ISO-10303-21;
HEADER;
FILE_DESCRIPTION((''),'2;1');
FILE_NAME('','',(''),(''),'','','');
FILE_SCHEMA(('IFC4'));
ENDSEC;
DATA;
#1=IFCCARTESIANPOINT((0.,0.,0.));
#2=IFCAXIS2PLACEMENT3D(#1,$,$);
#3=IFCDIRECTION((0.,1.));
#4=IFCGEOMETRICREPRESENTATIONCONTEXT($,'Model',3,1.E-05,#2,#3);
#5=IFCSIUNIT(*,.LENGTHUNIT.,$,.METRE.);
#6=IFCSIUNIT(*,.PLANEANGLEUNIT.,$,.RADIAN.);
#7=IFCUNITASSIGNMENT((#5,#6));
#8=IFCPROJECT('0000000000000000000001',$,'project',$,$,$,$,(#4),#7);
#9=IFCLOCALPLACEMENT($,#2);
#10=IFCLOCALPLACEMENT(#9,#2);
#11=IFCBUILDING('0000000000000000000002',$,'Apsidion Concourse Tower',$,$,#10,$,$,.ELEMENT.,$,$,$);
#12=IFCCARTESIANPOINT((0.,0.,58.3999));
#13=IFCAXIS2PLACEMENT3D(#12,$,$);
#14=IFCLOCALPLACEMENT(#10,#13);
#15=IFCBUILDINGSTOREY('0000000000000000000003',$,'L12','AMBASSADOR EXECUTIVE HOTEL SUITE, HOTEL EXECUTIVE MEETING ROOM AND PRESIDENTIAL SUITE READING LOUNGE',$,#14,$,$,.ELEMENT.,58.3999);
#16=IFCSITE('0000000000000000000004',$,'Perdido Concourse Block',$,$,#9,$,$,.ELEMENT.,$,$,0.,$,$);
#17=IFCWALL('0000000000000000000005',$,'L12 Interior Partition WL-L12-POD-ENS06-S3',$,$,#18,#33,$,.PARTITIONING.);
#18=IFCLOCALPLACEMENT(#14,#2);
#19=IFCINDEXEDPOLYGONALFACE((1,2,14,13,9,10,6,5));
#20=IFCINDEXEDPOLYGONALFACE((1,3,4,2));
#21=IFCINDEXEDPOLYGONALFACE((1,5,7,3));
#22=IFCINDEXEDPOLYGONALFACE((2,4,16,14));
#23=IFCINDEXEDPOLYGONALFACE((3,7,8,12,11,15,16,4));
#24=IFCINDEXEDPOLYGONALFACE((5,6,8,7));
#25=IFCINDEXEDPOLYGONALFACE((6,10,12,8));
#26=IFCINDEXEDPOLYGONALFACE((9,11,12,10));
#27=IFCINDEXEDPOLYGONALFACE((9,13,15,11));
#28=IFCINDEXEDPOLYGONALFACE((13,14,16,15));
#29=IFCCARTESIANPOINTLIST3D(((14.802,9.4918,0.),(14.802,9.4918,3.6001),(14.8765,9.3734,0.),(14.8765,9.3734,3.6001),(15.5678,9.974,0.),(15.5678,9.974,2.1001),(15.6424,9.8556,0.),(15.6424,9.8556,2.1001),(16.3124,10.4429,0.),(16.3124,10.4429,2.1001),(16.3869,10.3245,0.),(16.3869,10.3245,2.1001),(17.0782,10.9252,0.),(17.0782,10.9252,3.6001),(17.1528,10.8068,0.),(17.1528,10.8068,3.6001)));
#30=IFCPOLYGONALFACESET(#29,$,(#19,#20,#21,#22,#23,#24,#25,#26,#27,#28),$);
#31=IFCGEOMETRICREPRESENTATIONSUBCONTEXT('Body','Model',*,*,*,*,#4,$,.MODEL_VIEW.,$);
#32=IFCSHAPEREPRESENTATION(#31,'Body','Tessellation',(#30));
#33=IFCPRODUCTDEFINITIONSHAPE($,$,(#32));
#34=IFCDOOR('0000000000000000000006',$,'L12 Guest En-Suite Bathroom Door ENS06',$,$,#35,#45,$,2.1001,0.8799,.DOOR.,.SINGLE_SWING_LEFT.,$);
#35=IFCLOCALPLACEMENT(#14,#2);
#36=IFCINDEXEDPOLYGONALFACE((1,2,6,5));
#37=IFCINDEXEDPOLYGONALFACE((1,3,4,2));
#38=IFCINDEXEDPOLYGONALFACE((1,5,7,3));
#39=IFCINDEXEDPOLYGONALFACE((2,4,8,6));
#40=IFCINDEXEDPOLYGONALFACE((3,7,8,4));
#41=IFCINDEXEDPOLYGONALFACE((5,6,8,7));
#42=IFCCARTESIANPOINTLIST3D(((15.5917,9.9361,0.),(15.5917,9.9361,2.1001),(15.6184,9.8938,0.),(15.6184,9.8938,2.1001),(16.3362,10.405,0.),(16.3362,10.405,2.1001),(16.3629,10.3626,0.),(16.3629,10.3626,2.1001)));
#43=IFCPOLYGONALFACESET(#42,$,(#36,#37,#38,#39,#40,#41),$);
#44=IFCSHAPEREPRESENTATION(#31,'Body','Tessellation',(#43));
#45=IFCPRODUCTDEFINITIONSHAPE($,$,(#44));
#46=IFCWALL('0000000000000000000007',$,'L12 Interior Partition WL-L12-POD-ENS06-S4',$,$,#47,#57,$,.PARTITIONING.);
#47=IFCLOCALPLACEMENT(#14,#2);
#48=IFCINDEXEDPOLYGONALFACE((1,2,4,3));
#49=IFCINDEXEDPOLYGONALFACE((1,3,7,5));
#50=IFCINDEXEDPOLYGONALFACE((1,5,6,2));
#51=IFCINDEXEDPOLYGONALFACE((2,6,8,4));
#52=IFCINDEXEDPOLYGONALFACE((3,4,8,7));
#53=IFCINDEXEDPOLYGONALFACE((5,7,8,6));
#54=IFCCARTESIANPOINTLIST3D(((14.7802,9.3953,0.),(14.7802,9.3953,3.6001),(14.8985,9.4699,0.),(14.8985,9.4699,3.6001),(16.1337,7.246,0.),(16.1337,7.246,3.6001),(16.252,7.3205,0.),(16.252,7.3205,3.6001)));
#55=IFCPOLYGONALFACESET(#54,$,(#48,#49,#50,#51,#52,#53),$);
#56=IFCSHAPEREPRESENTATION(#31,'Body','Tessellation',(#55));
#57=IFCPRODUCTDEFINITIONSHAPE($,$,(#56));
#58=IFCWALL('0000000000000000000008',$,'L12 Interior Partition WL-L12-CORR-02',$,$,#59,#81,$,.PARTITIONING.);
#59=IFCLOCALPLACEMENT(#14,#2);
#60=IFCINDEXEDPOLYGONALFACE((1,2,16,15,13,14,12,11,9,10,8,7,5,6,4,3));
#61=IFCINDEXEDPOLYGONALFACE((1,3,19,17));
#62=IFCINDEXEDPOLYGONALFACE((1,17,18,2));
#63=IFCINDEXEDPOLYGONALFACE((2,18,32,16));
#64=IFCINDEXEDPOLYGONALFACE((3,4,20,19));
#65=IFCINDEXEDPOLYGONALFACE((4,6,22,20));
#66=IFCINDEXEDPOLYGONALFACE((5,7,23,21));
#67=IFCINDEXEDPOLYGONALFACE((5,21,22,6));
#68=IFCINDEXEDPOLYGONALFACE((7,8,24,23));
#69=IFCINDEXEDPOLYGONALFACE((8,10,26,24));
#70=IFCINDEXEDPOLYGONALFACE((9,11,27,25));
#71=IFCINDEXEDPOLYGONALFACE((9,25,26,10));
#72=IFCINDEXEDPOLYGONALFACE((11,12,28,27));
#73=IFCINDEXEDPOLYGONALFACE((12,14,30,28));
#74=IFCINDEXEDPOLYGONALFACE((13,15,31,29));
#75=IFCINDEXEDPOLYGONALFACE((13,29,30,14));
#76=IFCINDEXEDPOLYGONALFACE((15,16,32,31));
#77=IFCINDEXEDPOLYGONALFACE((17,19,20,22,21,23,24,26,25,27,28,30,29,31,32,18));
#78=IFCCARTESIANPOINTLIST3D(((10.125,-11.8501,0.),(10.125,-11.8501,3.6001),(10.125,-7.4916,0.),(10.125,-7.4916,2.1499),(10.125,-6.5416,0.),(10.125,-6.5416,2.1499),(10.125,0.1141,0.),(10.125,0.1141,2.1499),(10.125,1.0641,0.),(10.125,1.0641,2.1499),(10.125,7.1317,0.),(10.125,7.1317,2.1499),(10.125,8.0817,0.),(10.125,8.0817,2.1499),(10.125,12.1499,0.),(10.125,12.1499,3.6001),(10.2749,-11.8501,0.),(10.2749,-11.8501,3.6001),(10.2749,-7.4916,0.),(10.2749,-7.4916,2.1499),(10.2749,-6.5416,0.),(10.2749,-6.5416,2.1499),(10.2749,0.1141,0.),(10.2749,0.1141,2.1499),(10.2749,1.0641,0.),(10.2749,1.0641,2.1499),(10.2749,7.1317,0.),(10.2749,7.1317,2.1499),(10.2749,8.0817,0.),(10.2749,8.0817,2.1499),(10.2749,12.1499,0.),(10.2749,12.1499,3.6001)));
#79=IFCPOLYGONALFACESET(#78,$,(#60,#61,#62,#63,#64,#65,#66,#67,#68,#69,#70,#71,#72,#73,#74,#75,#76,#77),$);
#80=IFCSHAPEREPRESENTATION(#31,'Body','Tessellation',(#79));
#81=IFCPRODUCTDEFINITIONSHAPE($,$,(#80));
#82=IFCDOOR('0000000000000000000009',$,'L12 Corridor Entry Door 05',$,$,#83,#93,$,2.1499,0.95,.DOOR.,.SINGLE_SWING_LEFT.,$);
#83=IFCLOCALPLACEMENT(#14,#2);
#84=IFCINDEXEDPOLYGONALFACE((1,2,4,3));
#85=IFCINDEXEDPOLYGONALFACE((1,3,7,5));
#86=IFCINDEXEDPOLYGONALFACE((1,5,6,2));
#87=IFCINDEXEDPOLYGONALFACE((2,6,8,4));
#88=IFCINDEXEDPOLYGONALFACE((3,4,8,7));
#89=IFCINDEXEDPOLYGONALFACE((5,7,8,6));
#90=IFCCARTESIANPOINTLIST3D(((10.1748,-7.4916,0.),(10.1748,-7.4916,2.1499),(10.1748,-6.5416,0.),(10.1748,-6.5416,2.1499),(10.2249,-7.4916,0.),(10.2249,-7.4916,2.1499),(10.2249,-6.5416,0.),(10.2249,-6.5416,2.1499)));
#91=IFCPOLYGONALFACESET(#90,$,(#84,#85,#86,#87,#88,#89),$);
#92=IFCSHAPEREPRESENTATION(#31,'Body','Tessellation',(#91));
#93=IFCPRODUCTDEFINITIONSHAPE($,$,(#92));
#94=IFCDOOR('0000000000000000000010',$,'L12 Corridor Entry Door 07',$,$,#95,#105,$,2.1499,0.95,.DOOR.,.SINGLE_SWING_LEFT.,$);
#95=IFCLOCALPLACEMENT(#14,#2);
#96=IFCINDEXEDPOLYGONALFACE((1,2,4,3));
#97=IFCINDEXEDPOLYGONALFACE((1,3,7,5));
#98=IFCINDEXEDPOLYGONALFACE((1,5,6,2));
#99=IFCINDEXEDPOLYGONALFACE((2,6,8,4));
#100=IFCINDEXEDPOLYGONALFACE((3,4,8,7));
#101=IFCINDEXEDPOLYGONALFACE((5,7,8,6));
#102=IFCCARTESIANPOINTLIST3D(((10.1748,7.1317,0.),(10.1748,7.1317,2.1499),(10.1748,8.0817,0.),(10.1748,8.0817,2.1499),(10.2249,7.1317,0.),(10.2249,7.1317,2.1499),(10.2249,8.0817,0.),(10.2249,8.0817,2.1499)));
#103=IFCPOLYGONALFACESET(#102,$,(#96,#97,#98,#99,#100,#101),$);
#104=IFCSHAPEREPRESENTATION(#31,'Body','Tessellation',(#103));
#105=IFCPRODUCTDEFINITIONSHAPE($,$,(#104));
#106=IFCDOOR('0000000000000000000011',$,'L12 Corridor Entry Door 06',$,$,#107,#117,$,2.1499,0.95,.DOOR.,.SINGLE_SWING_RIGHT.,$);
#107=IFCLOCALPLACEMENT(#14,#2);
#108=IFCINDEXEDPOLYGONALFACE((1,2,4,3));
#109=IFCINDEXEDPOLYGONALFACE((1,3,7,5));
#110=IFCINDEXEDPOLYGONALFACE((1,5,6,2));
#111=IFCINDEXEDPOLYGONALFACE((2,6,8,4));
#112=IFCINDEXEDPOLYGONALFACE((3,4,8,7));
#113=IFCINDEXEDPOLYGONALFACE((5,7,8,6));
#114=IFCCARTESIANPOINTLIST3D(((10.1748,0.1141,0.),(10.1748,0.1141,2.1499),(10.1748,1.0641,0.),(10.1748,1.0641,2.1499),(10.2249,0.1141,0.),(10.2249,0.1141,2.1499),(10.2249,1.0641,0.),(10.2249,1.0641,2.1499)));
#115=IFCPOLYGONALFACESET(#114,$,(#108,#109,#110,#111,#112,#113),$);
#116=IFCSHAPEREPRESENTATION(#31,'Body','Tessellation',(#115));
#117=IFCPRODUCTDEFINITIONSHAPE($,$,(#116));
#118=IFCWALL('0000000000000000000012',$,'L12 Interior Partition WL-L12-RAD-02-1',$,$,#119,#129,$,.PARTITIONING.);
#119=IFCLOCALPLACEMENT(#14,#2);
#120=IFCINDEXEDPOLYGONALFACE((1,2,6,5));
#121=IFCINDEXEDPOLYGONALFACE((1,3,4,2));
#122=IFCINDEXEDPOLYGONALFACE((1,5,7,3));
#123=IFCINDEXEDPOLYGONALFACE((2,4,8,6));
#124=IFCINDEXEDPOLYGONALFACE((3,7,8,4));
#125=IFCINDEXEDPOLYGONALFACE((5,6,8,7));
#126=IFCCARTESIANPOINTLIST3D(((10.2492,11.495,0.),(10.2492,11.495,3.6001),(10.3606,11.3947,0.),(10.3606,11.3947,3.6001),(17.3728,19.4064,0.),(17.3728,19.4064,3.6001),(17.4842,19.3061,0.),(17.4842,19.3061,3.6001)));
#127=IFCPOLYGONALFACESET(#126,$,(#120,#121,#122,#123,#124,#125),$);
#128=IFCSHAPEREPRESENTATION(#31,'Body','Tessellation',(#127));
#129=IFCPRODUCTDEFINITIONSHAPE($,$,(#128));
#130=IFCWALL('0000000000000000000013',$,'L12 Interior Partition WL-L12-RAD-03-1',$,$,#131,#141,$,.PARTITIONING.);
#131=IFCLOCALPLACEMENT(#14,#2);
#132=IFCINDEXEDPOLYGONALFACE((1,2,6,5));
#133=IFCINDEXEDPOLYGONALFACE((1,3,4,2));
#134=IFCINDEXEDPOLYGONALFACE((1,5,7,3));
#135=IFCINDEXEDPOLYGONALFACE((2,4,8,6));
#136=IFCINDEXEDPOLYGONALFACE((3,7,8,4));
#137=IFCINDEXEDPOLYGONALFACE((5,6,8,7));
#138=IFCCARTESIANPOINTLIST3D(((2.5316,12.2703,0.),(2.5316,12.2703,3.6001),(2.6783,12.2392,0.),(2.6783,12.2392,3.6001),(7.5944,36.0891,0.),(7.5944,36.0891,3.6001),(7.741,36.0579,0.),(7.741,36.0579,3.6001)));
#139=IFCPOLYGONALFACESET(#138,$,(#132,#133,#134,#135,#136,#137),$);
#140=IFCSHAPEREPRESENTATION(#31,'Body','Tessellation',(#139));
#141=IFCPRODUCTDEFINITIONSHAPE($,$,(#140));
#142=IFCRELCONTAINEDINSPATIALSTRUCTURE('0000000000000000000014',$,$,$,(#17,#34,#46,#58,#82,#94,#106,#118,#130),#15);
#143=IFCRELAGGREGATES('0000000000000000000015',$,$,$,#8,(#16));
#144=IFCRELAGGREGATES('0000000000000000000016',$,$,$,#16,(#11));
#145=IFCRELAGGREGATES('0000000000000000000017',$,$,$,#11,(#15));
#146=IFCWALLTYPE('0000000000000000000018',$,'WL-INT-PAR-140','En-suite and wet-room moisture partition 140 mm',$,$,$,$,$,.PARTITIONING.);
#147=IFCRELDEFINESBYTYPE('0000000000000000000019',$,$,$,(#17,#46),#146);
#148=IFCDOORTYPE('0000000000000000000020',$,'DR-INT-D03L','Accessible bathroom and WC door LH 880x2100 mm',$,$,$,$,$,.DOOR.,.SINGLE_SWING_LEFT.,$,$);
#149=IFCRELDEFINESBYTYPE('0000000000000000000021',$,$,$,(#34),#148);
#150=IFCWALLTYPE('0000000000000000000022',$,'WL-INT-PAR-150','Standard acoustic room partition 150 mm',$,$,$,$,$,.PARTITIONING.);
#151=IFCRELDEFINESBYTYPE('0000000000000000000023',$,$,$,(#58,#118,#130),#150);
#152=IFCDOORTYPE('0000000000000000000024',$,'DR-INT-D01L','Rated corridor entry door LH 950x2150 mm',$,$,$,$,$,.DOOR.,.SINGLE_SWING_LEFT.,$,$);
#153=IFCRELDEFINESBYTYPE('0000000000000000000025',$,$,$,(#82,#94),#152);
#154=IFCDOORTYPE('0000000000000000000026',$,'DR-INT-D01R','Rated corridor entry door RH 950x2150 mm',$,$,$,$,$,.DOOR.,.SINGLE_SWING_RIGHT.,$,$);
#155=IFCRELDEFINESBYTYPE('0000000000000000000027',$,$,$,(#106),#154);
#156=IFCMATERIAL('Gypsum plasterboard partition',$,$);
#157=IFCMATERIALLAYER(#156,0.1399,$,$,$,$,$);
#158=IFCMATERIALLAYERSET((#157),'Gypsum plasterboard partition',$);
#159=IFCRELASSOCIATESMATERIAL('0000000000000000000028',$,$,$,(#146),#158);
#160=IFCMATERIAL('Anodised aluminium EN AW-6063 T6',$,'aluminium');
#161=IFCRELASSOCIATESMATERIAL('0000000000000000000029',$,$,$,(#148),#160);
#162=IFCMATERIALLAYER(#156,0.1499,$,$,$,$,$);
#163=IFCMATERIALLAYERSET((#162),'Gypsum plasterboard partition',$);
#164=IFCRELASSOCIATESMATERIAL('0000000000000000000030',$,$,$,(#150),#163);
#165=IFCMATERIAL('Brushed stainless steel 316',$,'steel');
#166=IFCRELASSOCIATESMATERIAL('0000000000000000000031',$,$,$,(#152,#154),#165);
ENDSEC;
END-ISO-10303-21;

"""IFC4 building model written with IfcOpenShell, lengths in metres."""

from ifc_helpers import new_model, si_unit, direction, frame, frame_2d, origin, place, context, subcontext, project, spatial, rectangle, extrude, material, layer, layer_set, type_object, element, fill, save


model = new_model("IFC4")

# Units and contexts
model_context = context("Model", 3, precision=1e-05, world=origin(), true_north=direction((0.0, 1.0)))
body_context = subcontext(model_context, "Body", "Model", "MODEL_VIEW")
ifc_project = project(units=[si_unit("LENGTHUNIT", "METRE"), si_unit("PLANEANGLEUNIT", "RADIAN")], contexts=[model_context])

# Site, building, storey
site_placement = place(None, origin())
site = spatial("IfcSite", under=ifc_project, at=site_placement, Name="Perdido Concourse Block", CompositionType="ELEMENT", RefElevation=0.0)
building_placement = place(site_placement, origin())
building = spatial("IfcBuilding", under=site, at=building_placement, Name="Apsidion Concourse Tower", CompositionType="ELEMENT")
storey_placement = place(building_placement, frame((0.0, 0.0, 58.3999)))
storey = spatial("IfcBuildingStorey", under=building, at=storey_placement, Name="L12", Description="AMBASSADOR EXECUTIVE HOTEL SUITE, HOTEL EXECUTIVE MEETING ROOM AND PRESIDENTIAL SUITE READING LOUNGE", CompositionType="ELEMENT", Elevation=58.3999)

# Shared definitions
ifc_material_1 = material(Name="Gypsum plasterboard partition")
ifc_layer_1 = layer(ifc_material_1, 0.1399)
ifc_layer_set_1 = layer_set([ifc_layer_1], Name="Gypsum plasterboard partition")
wall_type_1 = type_object("IfcWallType", Name="WL-INT-PAR-140", Description="En-suite and wet-room moisture partition 140 mm", PredefinedType="PARTITIONING", material=ifc_layer_set_1)

# Wall, opening, door
wall_1_placement = place(storey_placement, frame((17.1155, 10.866, 0.0), z_axis=(0.0, 0.0, 1.0), x_axis=(-0.846193, -0.532876, 0.0)))
wall_1 = element("IfcWall", 1, at=wall_1_placement, inside=storey, type_object=wall_type_1, Name="L12 Interior Partition WL-L12-POD-ENS06-S3", PredefinedType="PARTITIONING", context=body_context, shape_type="SweptSolid", body=[
    extrude(rectangle(XDim=2.6899, YDim=0.1399, at=frame_2d((1.345, 0.0))), origin(), (0.0, 0.0, 1.0), 3.6001),
])
opening_1_placement = place(wall_1_placement, frame((0.905, 0.0, 0.0)))
opening_1 = element("IfcOpeningElement", 2, at=opening_1_placement, cuts=wall_1, PredefinedType="OPENING", context=body_context, shape_type="SweptSolid", body=[
    extrude(rectangle(XDim=0.8799, YDim=2.1001, at=frame_2d((0.4399, 1.05))), frame((0.0, 0.0801, 0.0), z_axis=(0.0, -1.0, 0.0), x_axis=(1.0, 0.0, 0.0)), (0.0, 0.0, 1.0), 0.1599),
])
ifc_material_2 = material(Name="Anodised aluminium EN AW-6063 T6", Category="aluminium")
door_type_1 = type_object("IfcDoorType", Name="DR-INT-D03L", Description="Accessible bathroom and WC door LH 880x2100 mm", OperationType="SINGLE_SWING_LEFT", PredefinedType="DOOR", material=ifc_material_2)
door_1_placement = place(opening_1_placement, origin())
door_1 = element("IfcDoor", 3, at=door_1_placement, inside=storey, type_object=door_type_1, Name="L12 Guest En-Suite Bathroom Door ENS06", OperationType="SINGLE_SWING_LEFT", OverallHeight=2.1001, OverallWidth=0.8799, PredefinedType="DOOR", context=body_context, shape_type="SweptSolid", body=[
    extrude(rectangle(XDim=0.8799, YDim=2.1001, at=frame_2d((0.4399, 1.05))), frame((0.0, 0.0249, 0.0), z_axis=(0.0, -1.0, 0.0), x_axis=(1.0, 0.0, 0.0)), (0.0, 0.0, 1.0), 0.05),
])
fill(opening_1, door_1)

# Wall
wall_2_placement = place(storey_placement, frame((14.8394, 9.4326, 0.0), z_axis=(0.0, 0.0, 1.0), x_axis=(0.532864, -0.846201, 0.0)))
element("IfcWall", 4, at=wall_2_placement, inside=storey, type_object=wall_type_1, Name="L12 Interior Partition WL-L12-POD-ENS06-S4", PredefinedType="PARTITIONING", context=body_context, shape_type="SweptSolid", body=[
    extrude(rectangle(XDim=2.54, YDim=0.1399, at=frame_2d((1.27, 0.0))), origin(), (0.0, 0.0, 1.0), 3.6001),
])

# Wall, openings, doors
ifc_layer_2 = layer(ifc_material_1, 0.1499)
ifc_layer_set_2 = layer_set([ifc_layer_2], Name="Gypsum plasterboard partition")
wall_type_2 = type_object("IfcWallType", Name="WL-INT-PAR-150", Description="Standard acoustic room partition 150 mm", PredefinedType="PARTITIONING", material=ifc_layer_set_2)
wall_3_placement = place(storey_placement, frame((10.2, 12.1499, 0.0), z_axis=(0.0, 0.0, 1.0), x_axis=(0.0, -1.0, 0.0)))
wall_3 = element("IfcWall", 5, at=wall_3_placement, inside=storey, type_object=wall_type_2, Name="L12 Interior Partition WL-L12-CORR-02", PredefinedType="PARTITIONING", context=body_context, shape_type="SweptSolid", body=[
    extrude(rectangle(XDim=24.0, YDim=0.1499, at=frame_2d((12.0, 0.0))), origin(), (0.0, 0.0, 1.0), 3.6001),
])
opening_2_placement = place(wall_3_placement, frame((18.6914, 0.0, 0.0)))
opening_2 = element("IfcOpeningElement", 6, at=opening_2_placement, cuts=wall_3, PredefinedType="OPENING", context=body_context, shape_type="SweptSolid", body=[
    extrude(rectangle(XDim=0.95, YDim=2.1499, at=frame_2d((0.4751, 1.075))), frame((0.0, 0.085, 0.0), z_axis=(0.0, -1.0, 0.0), x_axis=(1.0, 0.0, 0.0)), (0.0, 0.0, 1.0), 0.1699),
])
opening_3_placement = place(wall_3_placement, frame((11.0857, 0.0, 0.0)))
opening_3 = element("IfcOpeningElement", 7, at=opening_3_placement, cuts=wall_3, PredefinedType="OPENING", context=body_context, shape_type="SweptSolid", body=[
    extrude(rectangle(XDim=0.95, YDim=2.1499, at=frame_2d((0.4751, 1.075))), frame((0.0, 0.085, 0.0), z_axis=(0.0, -1.0, 0.0), x_axis=(1.0, 0.0, 0.0)), (0.0, 0.0, 1.0), 0.1699),
])
opening_4_placement = place(wall_3_placement, frame((4.0681, 0.0, 0.0)))
opening_4 = element("IfcOpeningElement", 8, at=opening_4_placement, cuts=wall_3, PredefinedType="OPENING", context=body_context, shape_type="SweptSolid", body=[
    extrude(rectangle(XDim=0.95, YDim=2.1499, at=frame_2d((0.4751, 1.075))), frame((0.0, 0.085, 0.0), z_axis=(0.0, -1.0, 0.0), x_axis=(1.0, 0.0, 0.0)), (0.0, 0.0, 1.0), 0.1699),
])
ifc_material_3 = material(Name="Brushed stainless steel 316", Category="steel")
door_type_2 = type_object("IfcDoorType", Name="DR-INT-D01L", Description="Rated corridor entry door LH 950x2150 mm", OperationType="SINGLE_SWING_LEFT", PredefinedType="DOOR", material=ifc_material_3)
door_2_placement = place(opening_2_placement, origin())
door_2 = element("IfcDoor", 9, at=door_2_placement, inside=storey, type_object=door_type_2, Name="L12 Corridor Entry Door 05", OperationType="SINGLE_SWING_LEFT", OverallHeight=2.1499, OverallWidth=0.95, PredefinedType="DOOR", context=body_context, shape_type="SweptSolid", body=[
    extrude(rectangle(XDim=0.95, YDim=2.1499, at=frame_2d((0.4751, 1.075))), frame((0.0, 0.0249, 0.0), z_axis=(0.0, -1.0, 0.0), x_axis=(1.0, 0.0, 0.0)), (0.0, 0.0, 1.0), 0.05),
])
fill(opening_2, door_2)
door_3_placement = place(opening_4_placement, origin())
door_3 = element("IfcDoor", 10, at=door_3_placement, inside=storey, type_object=door_type_2, Name="L12 Corridor Entry Door 07", OperationType="SINGLE_SWING_LEFT", OverallHeight=2.1499, OverallWidth=0.95, PredefinedType="DOOR", context=body_context, shape_type="SweptSolid", body=[
    extrude(rectangle(XDim=0.95, YDim=2.1499, at=frame_2d((0.4751, 1.075))), frame((0.0, 0.0249, 0.0), z_axis=(0.0, -1.0, 0.0), x_axis=(1.0, 0.0, 0.0)), (0.0, 0.0, 1.0), 0.05),
])
fill(opening_4, door_3)
door_type_3 = type_object("IfcDoorType", Name="DR-INT-D01R", Description="Rated corridor entry door RH 950x2150 mm", OperationType="SINGLE_SWING_RIGHT", PredefinedType="DOOR", material=ifc_material_3)
door_4_placement = place(opening_3_placement, origin())
door_4 = element("IfcDoor", 11, at=door_4_placement, inside=storey, type_object=door_type_3, Name="L12 Corridor Entry Door 06", OperationType="SINGLE_SWING_RIGHT", OverallHeight=2.1499, OverallWidth=0.95, PredefinedType="DOOR", context=body_context, shape_type="SweptSolid", body=[
    extrude(rectangle(XDim=0.95, YDim=2.1499, at=frame_2d((0.4751, 1.075))), frame((0.0, 0.0249, 0.0), z_axis=(0.0, -1.0, 0.0), x_axis=(1.0, 0.0, 0.0)), (0.0, 0.0, 1.0), 0.05),
])
fill(opening_3, door_4)

# Walls
wall_4_placement = place(storey_placement, frame((10.3049, 11.4448, 0.0), z_axis=(0.0, 0.0, 1.0), x_axis=(0.669136, 0.74314, 0.0)))
element("IfcWall", 12, at=wall_4_placement, inside=storey, type_object=wall_type_2, Name="L12 Interior Partition WL-L12-RAD-02-1", PredefinedType="PARTITIONING", context=body_context, shape_type="SweptSolid", body=[
    extrude(rectangle(XDim=10.646, YDim=0.1499, at=frame_2d((5.323, 0.0))), origin(), (0.0, 0.0, 1.0), 3.6001),
])
wall_5_placement = place(storey_placement, frame((2.605, 12.2549, 0.0), z_axis=(0.0, 0.0, 1.0), x_axis=(0.207909, 0.978148, 0.0)))
element("IfcWall", 13, at=wall_5_placement, inside=storey, type_object=wall_type_2, Name="L12 Interior Partition WL-L12-RAD-03-1", PredefinedType="PARTITIONING", context=body_context, shape_type="SweptSolid", body=[
    extrude(rectangle(XDim=24.3508, YDim=0.1499, at=frame_2d((12.1753, 0.0))), origin(), (0.0, 0.0, 1.0), 3.6001),
])

save(model, "model.ifc")
